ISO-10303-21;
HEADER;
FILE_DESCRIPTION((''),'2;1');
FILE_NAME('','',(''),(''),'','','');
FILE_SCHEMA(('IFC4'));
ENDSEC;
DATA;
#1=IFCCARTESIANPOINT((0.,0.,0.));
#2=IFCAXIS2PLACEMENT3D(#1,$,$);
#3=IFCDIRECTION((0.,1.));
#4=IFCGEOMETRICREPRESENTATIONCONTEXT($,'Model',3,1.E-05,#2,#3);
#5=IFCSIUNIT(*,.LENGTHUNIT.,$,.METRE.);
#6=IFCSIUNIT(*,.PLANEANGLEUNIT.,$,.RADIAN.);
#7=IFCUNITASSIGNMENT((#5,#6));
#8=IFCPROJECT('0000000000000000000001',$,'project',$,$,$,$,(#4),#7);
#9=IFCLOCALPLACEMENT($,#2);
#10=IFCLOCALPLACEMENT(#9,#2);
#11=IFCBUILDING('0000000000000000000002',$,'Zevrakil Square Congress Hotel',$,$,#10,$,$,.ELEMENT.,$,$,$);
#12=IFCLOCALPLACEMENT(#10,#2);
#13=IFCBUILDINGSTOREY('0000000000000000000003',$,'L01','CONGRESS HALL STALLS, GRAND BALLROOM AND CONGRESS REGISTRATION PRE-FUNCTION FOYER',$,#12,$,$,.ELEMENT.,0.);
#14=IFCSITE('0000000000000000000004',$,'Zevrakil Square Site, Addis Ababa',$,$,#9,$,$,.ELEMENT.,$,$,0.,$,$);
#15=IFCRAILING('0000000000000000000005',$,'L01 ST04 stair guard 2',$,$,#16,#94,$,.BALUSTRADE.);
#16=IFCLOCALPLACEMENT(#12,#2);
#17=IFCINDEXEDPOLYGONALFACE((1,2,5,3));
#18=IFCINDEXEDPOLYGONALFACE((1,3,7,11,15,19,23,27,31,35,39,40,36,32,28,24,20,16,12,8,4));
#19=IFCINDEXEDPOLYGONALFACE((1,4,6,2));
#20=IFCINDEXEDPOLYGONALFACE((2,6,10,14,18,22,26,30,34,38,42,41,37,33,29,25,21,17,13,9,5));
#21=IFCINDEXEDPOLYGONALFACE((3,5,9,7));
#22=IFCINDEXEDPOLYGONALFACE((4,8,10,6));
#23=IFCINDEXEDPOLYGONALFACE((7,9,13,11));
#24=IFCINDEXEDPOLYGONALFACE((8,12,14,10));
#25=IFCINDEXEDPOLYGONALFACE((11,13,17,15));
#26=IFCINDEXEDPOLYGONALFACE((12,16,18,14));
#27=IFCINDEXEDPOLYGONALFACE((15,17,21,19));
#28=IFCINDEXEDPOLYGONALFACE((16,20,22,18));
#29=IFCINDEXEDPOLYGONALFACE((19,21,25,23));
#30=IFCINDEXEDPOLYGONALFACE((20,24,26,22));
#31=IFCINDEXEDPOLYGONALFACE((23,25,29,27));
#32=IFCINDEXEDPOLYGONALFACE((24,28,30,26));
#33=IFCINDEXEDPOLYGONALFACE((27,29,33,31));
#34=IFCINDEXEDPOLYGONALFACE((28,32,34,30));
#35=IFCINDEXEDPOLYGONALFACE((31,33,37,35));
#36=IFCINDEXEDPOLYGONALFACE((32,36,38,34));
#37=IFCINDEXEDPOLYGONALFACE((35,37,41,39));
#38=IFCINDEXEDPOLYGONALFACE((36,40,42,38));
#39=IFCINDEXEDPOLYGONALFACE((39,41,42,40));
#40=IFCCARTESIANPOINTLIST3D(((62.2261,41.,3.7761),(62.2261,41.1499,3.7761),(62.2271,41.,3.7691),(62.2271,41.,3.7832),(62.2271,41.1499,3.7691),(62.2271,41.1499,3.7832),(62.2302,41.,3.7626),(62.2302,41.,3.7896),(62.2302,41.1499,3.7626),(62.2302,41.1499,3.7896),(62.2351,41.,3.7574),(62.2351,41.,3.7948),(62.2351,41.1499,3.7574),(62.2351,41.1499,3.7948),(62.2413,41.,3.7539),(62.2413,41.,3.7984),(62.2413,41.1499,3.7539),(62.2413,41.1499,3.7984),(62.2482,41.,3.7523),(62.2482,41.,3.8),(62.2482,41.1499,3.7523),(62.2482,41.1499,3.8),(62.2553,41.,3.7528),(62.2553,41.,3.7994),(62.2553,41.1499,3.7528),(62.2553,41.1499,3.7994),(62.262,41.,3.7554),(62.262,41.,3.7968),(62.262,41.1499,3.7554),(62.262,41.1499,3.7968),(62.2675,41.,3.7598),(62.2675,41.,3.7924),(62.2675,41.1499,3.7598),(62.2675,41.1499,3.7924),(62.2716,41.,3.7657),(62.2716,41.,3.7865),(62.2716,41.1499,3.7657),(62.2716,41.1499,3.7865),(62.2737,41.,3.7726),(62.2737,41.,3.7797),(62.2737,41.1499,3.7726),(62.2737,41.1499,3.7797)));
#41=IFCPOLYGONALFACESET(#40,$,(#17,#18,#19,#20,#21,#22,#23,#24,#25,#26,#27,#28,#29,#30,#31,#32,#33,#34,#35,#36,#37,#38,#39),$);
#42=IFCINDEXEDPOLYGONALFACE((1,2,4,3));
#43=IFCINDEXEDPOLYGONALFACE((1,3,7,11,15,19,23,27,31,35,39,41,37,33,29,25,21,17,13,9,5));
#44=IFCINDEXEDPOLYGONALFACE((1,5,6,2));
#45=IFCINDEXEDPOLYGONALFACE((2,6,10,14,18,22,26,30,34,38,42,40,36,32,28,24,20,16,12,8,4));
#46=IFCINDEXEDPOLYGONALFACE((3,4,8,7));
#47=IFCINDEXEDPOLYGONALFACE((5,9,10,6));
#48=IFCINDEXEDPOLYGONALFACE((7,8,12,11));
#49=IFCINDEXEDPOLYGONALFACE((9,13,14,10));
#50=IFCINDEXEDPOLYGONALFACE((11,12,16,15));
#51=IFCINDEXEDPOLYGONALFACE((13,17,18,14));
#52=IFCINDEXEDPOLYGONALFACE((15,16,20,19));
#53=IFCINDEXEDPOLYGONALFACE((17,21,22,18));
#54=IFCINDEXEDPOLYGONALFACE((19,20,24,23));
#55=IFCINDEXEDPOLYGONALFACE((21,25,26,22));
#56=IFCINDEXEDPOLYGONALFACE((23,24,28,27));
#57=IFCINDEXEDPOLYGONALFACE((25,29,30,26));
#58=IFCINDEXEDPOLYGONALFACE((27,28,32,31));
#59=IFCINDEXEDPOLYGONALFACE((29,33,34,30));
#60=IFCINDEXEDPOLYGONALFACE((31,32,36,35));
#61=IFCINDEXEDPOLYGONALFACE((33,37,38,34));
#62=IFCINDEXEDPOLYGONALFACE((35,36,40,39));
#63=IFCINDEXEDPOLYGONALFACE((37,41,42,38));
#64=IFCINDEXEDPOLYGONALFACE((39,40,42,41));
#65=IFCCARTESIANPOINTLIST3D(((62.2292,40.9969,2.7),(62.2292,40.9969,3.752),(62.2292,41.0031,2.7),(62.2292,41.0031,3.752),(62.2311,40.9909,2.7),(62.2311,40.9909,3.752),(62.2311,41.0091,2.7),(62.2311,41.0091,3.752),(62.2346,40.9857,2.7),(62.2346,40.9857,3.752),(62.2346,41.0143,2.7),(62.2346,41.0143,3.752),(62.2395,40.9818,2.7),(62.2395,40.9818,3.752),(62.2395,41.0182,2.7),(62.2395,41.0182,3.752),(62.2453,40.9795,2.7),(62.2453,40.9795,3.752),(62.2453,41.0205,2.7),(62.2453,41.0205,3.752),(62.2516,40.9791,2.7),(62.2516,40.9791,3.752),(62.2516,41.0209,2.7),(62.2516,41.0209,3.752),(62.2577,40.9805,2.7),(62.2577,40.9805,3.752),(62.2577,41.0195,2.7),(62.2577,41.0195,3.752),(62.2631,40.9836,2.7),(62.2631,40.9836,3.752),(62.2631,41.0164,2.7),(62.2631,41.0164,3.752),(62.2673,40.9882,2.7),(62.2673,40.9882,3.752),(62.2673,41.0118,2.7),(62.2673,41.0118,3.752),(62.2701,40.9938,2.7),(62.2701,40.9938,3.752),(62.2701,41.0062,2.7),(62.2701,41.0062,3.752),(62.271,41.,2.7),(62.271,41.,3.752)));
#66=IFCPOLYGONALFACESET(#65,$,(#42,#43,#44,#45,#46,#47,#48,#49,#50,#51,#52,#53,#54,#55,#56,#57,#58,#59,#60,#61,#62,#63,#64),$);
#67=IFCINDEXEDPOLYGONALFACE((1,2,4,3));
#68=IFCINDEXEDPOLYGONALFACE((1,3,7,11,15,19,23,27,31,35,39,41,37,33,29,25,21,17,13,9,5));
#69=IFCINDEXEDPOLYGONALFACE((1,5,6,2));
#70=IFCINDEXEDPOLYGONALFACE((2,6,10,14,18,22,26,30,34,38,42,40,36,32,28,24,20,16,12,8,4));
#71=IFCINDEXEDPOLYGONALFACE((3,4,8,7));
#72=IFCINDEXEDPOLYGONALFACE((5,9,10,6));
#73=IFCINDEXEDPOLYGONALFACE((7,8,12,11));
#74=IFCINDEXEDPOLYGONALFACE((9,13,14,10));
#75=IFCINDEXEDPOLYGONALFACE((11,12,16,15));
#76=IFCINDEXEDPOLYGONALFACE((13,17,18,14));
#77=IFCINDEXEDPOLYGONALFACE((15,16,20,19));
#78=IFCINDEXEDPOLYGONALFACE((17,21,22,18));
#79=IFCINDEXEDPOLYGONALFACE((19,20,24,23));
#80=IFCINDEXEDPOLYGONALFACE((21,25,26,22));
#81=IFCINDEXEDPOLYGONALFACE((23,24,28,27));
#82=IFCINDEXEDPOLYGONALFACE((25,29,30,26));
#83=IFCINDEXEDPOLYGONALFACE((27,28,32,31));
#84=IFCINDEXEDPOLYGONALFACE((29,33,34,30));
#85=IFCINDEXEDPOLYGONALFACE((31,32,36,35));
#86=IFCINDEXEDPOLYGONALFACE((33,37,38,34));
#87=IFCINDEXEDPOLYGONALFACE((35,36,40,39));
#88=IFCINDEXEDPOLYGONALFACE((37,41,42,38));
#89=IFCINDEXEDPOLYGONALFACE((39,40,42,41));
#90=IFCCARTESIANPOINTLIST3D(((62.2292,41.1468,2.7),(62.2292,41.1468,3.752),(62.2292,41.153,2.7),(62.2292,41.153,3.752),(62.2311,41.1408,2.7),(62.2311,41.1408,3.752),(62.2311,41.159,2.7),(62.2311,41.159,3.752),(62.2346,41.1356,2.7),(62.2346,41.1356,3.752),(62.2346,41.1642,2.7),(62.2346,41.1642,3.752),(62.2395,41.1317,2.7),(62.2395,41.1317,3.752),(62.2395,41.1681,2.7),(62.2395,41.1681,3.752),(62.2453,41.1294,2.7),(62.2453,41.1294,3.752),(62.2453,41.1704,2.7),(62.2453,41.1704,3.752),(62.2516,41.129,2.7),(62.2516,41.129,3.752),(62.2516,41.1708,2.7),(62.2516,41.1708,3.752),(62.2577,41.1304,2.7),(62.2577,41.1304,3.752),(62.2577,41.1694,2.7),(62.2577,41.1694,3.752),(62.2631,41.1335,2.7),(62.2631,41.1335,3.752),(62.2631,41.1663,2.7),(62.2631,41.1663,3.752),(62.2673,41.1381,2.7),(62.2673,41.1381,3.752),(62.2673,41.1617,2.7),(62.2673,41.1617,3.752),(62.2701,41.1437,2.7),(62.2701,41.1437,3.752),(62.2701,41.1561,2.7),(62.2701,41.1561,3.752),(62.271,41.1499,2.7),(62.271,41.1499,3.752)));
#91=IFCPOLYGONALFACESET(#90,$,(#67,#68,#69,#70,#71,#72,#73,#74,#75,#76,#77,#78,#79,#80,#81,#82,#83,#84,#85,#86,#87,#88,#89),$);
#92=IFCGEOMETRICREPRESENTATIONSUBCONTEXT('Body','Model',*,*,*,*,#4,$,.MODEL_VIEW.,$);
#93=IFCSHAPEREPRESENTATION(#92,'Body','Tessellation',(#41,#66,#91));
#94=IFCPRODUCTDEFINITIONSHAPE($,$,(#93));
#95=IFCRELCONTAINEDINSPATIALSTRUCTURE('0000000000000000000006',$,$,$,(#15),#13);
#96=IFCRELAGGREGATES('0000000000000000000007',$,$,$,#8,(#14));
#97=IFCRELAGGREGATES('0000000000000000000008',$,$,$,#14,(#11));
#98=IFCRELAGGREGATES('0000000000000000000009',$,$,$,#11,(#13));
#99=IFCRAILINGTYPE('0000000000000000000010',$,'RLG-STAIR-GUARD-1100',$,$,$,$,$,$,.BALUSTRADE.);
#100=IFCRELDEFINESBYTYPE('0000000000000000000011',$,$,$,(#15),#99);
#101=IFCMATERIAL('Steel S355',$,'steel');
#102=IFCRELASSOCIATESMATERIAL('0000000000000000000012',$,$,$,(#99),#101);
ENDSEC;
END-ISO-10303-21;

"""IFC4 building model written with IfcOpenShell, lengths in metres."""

from ifc_helpers import new_model, si_unit, direction, frame, origin, origin_2d, place, context, subcontext, project, spatial, circle, extrude, material, type_object, element, save


model = new_model("IFC4")

# Units and contexts
model_context = context("Model", 3, precision=1e-05, world=origin(), true_north=direction((0.0, 1.0)))
body_context = subcontext(model_context, "Body", "Model", "MODEL_VIEW")
ifc_project = project(units=[si_unit("LENGTHUNIT", "METRE"), si_unit("PLANEANGLEUNIT", "RADIAN")], contexts=[model_context])

# Site, building, storey
site_placement = place(None, origin())
site = spatial("IfcSite", under=ifc_project, at=site_placement, Name="Zevrakil Square Site, Addis Ababa", CompositionType="ELEMENT", RefElevation=0.0)
building_placement = place(site_placement, origin())
building = spatial("IfcBuilding", under=site, at=building_placement, Name="Zevrakil Square Congress Hotel", CompositionType="ELEMENT")
storey_placement = place(building_placement, origin())
storey = spatial("IfcBuildingStorey", under=building, at=storey_placement, Name="L01", Description="CONGRESS HALL STALLS, GRAND BALLROOM AND CONGRESS REGISTRATION PRE-FUNCTION FOYER", CompositionType="ELEMENT", Elevation=0.0)

# Railing
ifc_material_1 = material(Name="Steel S355", Category="steel")
railing_type_1 = type_object("IfcRailingType", Name="RLG-STAIR-GUARD-1100", PredefinedType="BALUSTRADE", material=ifc_material_1)
railing_1_placement = place(storey_placement, frame((62.25, 41.0, 2.7)))
element("IfcRailing", 1, at=railing_1_placement, inside=storey, type_object=railing_type_1, Name="L01 ST04 stair guard 2", PredefinedType="BALUSTRADE", context=body_context, shape_type="SweptSolid", body=[
    extrude(circle(Radius=0.0239, at=origin_2d()), frame((0.0, 0.0, 1.0762), z_axis=(0.0, 1.0, 0.0), x_axis=(-1.0, 0.0, 0.0)), (0.0, 0.0, 1.0), 0.1499),
    extrude(circle(Radius=0.021, at=origin_2d()), origin(), (0.0, 0.0, 1.0), 1.052),
    extrude(circle(Radius=0.021, at=origin_2d()), frame((0.0, 0.1499, 0.0)), (0.0, 0.0, 1.0), 1.052),
])

save(model, "model.ifc")
